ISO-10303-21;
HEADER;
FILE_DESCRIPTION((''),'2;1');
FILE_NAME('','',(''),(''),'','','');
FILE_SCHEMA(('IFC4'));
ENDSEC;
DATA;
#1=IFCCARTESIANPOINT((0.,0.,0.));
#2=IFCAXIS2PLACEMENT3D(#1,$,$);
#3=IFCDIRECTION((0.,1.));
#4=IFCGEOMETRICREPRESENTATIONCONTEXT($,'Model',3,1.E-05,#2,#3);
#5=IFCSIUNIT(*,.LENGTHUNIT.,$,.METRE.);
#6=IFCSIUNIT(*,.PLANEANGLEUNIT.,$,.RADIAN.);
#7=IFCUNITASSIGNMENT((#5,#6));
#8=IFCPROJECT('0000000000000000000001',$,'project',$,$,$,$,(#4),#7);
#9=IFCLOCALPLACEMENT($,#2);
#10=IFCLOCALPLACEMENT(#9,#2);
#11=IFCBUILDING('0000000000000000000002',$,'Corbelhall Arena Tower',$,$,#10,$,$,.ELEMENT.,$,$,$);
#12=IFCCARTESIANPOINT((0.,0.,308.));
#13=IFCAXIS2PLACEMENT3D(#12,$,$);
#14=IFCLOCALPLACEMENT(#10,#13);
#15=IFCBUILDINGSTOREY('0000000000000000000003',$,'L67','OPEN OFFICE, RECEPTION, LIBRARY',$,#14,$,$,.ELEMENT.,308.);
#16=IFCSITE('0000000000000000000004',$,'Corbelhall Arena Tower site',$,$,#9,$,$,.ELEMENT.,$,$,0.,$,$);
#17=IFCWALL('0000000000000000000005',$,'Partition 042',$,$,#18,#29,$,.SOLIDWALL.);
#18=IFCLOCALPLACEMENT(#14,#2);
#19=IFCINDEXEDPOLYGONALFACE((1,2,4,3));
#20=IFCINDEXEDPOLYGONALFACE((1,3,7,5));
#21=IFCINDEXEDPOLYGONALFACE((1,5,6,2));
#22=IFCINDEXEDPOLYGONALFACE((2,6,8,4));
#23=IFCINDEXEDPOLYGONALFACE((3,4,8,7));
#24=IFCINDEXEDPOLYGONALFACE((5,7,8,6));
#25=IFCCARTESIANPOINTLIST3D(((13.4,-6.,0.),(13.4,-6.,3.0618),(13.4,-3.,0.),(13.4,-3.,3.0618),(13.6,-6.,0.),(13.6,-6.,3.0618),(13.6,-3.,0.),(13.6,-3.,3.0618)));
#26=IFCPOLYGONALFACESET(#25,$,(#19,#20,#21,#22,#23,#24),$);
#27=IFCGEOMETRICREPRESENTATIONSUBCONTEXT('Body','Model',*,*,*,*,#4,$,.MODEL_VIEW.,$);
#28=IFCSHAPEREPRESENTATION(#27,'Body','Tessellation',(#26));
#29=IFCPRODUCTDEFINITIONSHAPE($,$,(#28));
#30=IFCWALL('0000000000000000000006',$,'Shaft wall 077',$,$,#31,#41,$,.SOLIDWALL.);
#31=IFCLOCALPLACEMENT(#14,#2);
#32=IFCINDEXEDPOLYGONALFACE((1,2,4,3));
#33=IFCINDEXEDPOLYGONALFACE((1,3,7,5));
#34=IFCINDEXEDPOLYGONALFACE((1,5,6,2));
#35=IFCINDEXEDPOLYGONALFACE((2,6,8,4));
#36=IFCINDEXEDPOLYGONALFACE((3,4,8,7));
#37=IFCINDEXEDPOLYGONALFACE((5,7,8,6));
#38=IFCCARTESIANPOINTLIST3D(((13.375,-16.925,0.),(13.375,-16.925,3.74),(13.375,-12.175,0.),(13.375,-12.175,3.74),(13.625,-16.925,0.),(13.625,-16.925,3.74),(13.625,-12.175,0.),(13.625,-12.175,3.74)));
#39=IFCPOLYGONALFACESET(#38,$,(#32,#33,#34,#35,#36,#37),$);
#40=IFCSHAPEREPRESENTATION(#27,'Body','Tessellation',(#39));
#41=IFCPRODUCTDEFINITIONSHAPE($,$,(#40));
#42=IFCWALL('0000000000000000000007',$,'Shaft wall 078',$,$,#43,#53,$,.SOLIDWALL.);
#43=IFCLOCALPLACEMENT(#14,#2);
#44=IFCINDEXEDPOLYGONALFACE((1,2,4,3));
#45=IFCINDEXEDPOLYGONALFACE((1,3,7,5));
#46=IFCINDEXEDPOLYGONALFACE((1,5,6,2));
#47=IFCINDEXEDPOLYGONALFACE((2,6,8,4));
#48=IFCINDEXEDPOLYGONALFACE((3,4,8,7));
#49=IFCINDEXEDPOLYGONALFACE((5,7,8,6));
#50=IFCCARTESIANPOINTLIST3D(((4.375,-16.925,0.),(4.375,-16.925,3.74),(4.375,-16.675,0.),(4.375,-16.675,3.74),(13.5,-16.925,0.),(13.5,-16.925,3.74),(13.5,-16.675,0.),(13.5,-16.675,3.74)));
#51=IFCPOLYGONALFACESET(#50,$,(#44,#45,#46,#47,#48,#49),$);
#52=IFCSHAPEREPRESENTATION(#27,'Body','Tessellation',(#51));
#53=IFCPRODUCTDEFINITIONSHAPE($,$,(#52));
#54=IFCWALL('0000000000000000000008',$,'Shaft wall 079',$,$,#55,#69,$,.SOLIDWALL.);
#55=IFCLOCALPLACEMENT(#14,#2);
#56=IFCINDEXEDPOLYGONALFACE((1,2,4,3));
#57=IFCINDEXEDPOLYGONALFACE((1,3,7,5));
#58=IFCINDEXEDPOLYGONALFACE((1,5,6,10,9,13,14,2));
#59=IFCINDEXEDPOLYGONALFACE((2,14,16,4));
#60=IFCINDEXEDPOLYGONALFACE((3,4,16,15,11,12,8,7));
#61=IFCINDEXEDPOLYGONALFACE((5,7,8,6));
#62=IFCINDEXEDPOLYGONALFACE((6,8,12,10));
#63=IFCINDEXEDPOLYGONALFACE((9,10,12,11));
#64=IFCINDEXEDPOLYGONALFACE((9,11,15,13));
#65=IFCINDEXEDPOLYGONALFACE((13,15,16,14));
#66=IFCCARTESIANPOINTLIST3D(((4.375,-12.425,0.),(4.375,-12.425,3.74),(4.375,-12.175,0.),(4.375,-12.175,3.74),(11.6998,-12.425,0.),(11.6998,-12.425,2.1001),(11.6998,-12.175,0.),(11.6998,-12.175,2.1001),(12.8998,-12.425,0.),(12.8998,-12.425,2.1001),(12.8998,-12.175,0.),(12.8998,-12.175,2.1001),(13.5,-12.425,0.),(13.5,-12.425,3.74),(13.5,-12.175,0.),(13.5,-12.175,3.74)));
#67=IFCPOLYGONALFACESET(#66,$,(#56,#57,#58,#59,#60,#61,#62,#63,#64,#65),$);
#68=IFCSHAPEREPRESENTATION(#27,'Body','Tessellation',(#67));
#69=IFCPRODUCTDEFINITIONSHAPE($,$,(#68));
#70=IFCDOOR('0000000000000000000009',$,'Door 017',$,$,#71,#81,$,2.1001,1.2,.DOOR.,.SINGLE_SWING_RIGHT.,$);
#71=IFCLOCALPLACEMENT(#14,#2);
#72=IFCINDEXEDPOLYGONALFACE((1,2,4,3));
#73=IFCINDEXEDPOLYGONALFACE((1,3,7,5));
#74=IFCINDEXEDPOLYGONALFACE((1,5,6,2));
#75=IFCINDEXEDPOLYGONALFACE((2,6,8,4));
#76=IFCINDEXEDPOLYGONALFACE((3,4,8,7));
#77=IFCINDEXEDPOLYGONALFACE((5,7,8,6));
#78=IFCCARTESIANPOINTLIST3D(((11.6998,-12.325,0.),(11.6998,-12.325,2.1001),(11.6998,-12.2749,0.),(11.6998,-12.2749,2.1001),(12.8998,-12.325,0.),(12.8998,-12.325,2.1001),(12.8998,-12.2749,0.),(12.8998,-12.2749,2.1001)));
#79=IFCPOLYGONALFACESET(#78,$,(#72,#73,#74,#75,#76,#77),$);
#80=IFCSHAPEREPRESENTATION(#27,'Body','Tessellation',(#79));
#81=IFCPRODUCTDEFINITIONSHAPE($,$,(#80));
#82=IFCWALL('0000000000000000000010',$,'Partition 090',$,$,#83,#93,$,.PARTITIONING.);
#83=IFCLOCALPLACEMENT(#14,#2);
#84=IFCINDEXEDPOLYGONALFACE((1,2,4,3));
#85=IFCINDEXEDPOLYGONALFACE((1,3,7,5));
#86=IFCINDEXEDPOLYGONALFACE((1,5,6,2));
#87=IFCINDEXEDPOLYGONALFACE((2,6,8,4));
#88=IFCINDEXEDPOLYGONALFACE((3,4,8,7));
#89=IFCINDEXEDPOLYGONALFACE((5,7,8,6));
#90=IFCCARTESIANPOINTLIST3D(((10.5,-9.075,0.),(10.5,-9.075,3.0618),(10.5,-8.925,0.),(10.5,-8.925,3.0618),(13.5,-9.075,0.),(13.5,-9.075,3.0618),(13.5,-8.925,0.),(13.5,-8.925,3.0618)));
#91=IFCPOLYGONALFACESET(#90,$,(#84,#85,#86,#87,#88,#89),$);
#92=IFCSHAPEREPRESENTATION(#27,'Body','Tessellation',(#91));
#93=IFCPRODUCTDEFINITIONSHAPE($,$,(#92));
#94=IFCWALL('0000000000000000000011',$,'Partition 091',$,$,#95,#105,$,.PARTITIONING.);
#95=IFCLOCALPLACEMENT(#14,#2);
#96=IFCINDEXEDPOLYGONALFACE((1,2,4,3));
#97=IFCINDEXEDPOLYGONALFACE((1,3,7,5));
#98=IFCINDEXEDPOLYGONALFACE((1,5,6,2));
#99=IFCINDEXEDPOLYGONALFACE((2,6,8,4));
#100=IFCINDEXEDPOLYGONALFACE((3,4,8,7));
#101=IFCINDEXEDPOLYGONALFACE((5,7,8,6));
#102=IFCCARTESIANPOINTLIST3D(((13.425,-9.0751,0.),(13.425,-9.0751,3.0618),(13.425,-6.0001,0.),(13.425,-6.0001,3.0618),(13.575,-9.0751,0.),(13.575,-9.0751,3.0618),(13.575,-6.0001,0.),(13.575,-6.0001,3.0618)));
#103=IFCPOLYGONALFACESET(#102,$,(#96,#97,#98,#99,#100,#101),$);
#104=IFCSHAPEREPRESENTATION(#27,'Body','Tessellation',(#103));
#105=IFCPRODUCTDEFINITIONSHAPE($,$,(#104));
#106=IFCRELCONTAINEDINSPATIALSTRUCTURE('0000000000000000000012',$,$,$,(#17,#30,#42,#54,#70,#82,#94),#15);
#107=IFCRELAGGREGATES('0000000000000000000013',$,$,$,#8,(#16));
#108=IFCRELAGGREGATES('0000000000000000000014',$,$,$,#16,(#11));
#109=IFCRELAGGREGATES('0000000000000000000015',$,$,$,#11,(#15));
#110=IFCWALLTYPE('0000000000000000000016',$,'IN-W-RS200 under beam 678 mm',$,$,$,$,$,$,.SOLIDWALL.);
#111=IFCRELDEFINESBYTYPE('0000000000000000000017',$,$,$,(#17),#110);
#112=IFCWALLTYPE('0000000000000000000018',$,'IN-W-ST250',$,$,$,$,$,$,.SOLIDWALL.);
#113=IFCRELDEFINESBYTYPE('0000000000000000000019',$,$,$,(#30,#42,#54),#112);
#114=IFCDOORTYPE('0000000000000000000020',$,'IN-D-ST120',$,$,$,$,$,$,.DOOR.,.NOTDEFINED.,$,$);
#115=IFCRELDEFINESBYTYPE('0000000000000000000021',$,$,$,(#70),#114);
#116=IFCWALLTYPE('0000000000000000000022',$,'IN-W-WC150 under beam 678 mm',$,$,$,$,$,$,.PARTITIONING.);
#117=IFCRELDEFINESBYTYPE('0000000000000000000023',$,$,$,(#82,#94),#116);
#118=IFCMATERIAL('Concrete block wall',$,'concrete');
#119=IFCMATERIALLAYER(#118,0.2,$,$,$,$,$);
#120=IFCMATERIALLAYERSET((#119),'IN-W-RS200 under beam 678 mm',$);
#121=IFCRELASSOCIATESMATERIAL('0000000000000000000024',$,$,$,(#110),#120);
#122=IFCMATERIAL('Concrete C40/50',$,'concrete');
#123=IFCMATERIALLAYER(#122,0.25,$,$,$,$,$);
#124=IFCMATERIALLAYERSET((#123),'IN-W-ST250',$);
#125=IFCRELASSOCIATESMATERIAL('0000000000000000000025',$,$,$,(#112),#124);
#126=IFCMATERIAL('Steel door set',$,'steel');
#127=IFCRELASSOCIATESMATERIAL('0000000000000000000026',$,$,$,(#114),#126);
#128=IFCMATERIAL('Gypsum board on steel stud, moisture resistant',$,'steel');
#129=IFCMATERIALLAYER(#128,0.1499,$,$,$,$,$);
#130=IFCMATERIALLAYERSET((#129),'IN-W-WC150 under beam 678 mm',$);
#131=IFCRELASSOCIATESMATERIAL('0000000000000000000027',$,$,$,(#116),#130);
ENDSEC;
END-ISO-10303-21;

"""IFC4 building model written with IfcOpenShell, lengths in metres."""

from ifc_helpers import new_model, si_unit, direction, frame, frame_2d, origin, place, context, subcontext, project, spatial, rectangle, extrude, material, layer, layer_set, type_object, element, fill, save


model = new_model("IFC4")

# Units and contexts
model_context = context("Model", 3, precision=1e-05, world=origin(), true_north=direction((0.0, 1.0)))
body_context = subcontext(model_context, "Body", "Model", "MODEL_VIEW")
ifc_project = project(units=[si_unit("LENGTHUNIT", "METRE"), si_unit("PLANEANGLEUNIT", "RADIAN")], contexts=[model_context])

# Site, building, storey
site_placement = place(None, origin())
site = spatial("IfcSite", under=ifc_project, at=site_placement, Name="Corbelhall Arena Tower site", CompositionType="ELEMENT", RefElevation=0.0)
building_placement = place(site_placement, origin())
building = spatial("IfcBuilding", under=site, at=building_placement, Name="Corbelhall Arena Tower", CompositionType="ELEMENT")
storey_placement = place(building_placement, frame((0.0, 0.0, 308.0)))
storey = spatial("IfcBuildingStorey", under=building, at=storey_placement, Name="L67", Description="OPEN OFFICE, RECEPTION, LIBRARY", CompositionType="ELEMENT", Elevation=308.0)

# Walls
ifc_material_1 = material(Name="Concrete block wall", Category="concrete")
ifc_layer_1 = layer(ifc_material_1, 0.2)
ifc_layer_set_1 = layer_set([ifc_layer_1], Name="IN-W-RS200 under beam 678 mm")
wall_type_1 = type_object("IfcWallType", Name="IN-W-RS200 under beam 678 mm", PredefinedType="SOLIDWALL", material=ifc_layer_set_1)
wall_1_placement = place(storey_placement, frame((13.5, -3.0, 0.0), z_axis=(0.0, 0.0, 1.0), x_axis=(0.0, -1.0, 0.0)))
element("IfcWall", 1, at=wall_1_placement, inside=storey, type_object=wall_type_1, Name="Partition 042", PredefinedType="SOLIDWALL", context=body_context, shape_type="SweptSolid", body=[
    extrude(rectangle(XDim=3.0, YDim=0.2, at=frame_2d((1.5, 0.0))), origin(), (0.0, 0.0, 1.0), 3.0618),
])
ifc_material_2 = material(Name="Concrete C40/50", Category="concrete")
ifc_layer_2 = layer(ifc_material_2, 0.25)
ifc_layer_set_2 = layer_set([ifc_layer_2], Name="IN-W-ST250")
wall_type_2 = type_object("IfcWallType", Name="IN-W-ST250", PredefinedType="SOLIDWALL", material=ifc_layer_set_2)
wall_2_placement = place(storey_placement, frame((13.5, -16.925, 0.0), z_axis=(0.0, 0.0, 1.0), x_axis=(0.0, 1.0, 0.0)))
element("IfcWall", 2, at=wall_2_placement, inside=storey, type_object=wall_type_2, Name="Shaft wall 077", PredefinedType="SOLIDWALL", context=body_context, shape_type="SweptSolid", body=[
    extrude(rectangle(XDim=4.75, YDim=0.25, at=frame_2d((2.375, 0.0))), origin(), (0.0, 0.0, 1.0), 3.74),
])
wall_3_placement = place(storey_placement, frame((13.5, -16.8, 0.0), z_axis=(0.0, 0.0, 1.0), x_axis=(-1.0, 0.0, 0.0)))
element("IfcWall", 3, at=wall_3_placement, inside=storey, type_object=wall_type_2, Name="Shaft wall 078", PredefinedType="SOLIDWALL", context=body_context, shape_type="SweptSolid", body=[
    extrude(rectangle(XDim=9.125, YDim=0.25, at=frame_2d((4.5625, 0.0))), origin(), (0.0, 0.0, 1.0), 3.74),
])

# Wall, opening, door
wall_4_placement = place(storey_placement, frame((13.5, -12.3, 0.0), z_axis=(0.0, 0.0, 1.0), x_axis=(-1.0, 0.0, 0.0)))
wall_4 = element("IfcWall", 4, at=wall_4_placement, inside=storey, type_object=wall_type_2, Name="Shaft wall 079", PredefinedType="SOLIDWALL", context=body_context, shape_type="SweptSolid", body=[
    extrude(rectangle(XDim=9.125, YDim=0.25, at=frame_2d((4.5625, 0.0))), origin(), (0.0, 0.0, 1.0), 3.74),
])
opening_1_placement = place(wall_4_placement, frame((0.6001, 0.0, 0.0)))
opening_1 = element("IfcOpeningElement", 5, at=opening_1_placement, cuts=wall_4, PredefinedType="OPENING", context=body_context, shape_type="SweptSolid", body=[
    extrude(rectangle(XDim=1.2, YDim=2.1001, at=frame_2d((0.6001, 1.05))), frame((0.0, 0.125, 0.0), z_axis=(0.0, -1.0, 0.0), x_axis=(1.0, 0.0, 0.0)), (0.0, 0.0, 1.0), 0.25),
])
ifc_material_3 = material(Name="Steel door set", Category="steel")
door_type = type_object("IfcDoorType", Name="IN-D-ST120", OperationType="NOTDEFINED", PredefinedType="DOOR", material=ifc_material_3)
door_placement = place(opening_1_placement, origin())
door = element("IfcDoor", 6, at=door_placement, inside=storey, type_object=door_type, Name="Door 017", OperationType="SINGLE_SWING_RIGHT", OverallHeight=2.1001, OverallWidth=1.2, PredefinedType="DOOR", context=body_context, shape_type="SweptSolid", body=[
    extrude(rectangle(XDim=1.2, YDim=2.1001, at=frame_2d((0.6001, 1.05))), frame((0.0, 0.0249, 0.0), z_axis=(0.0, -1.0, 0.0), x_axis=(1.0, 0.0, 0.0)), (0.0, 0.0, 1.0), 0.05),
])
fill(opening_1, door)

# Walls
ifc_material_4 = material(Name="Gypsum board on steel stud, moisture resistant", Category="steel")
ifc_layer_3 = layer(ifc_material_4, 0.1499)
ifc_layer_set_3 = layer_set([ifc_layer_3], Name="IN-W-WC150 under beam 678 mm")
wall_type_3 = type_object("IfcWallType", Name="IN-W-WC150 under beam 678 mm", PredefinedType="PARTITIONING", material=ifc_layer_set_3)
wall_5_placement = place(storey_placement, frame((13.5, -9.0, 0.0), z_axis=(0.0, 0.0, 1.0), x_axis=(-1.0, 0.0, 0.0)))
element("IfcWall", 7, at=wall_5_placement, inside=storey, type_object=wall_type_3, Name="Partition 090", PredefinedType="PARTITIONING", context=body_context, shape_type="SweptSolid", body=[
    extrude(rectangle(XDim=3.0, YDim=0.1499, at=frame_2d((1.5, 0.0))), origin(), (0.0, 0.0, 1.0), 3.0618),
])
wall_6_placement = place(storey_placement, frame((13.5, -6.0, 0.0), z_axis=(0.0, 0.0, 1.0), x_axis=(0.0, -1.0, 0.0)))
element("IfcWall", 8, at=wall_6_placement, inside=storey, type_object=wall_type_3, Name="Partition 091", PredefinedType="PARTITIONING", context=body_context, shape_type="SweptSolid", body=[
    extrude(rectangle(XDim=3.075, YDim=0.1499, at=frame_2d((1.5376, 0.0))), origin(), (0.0, 0.0, 1.0), 3.0618),
])

save(model, "model.ifc")
